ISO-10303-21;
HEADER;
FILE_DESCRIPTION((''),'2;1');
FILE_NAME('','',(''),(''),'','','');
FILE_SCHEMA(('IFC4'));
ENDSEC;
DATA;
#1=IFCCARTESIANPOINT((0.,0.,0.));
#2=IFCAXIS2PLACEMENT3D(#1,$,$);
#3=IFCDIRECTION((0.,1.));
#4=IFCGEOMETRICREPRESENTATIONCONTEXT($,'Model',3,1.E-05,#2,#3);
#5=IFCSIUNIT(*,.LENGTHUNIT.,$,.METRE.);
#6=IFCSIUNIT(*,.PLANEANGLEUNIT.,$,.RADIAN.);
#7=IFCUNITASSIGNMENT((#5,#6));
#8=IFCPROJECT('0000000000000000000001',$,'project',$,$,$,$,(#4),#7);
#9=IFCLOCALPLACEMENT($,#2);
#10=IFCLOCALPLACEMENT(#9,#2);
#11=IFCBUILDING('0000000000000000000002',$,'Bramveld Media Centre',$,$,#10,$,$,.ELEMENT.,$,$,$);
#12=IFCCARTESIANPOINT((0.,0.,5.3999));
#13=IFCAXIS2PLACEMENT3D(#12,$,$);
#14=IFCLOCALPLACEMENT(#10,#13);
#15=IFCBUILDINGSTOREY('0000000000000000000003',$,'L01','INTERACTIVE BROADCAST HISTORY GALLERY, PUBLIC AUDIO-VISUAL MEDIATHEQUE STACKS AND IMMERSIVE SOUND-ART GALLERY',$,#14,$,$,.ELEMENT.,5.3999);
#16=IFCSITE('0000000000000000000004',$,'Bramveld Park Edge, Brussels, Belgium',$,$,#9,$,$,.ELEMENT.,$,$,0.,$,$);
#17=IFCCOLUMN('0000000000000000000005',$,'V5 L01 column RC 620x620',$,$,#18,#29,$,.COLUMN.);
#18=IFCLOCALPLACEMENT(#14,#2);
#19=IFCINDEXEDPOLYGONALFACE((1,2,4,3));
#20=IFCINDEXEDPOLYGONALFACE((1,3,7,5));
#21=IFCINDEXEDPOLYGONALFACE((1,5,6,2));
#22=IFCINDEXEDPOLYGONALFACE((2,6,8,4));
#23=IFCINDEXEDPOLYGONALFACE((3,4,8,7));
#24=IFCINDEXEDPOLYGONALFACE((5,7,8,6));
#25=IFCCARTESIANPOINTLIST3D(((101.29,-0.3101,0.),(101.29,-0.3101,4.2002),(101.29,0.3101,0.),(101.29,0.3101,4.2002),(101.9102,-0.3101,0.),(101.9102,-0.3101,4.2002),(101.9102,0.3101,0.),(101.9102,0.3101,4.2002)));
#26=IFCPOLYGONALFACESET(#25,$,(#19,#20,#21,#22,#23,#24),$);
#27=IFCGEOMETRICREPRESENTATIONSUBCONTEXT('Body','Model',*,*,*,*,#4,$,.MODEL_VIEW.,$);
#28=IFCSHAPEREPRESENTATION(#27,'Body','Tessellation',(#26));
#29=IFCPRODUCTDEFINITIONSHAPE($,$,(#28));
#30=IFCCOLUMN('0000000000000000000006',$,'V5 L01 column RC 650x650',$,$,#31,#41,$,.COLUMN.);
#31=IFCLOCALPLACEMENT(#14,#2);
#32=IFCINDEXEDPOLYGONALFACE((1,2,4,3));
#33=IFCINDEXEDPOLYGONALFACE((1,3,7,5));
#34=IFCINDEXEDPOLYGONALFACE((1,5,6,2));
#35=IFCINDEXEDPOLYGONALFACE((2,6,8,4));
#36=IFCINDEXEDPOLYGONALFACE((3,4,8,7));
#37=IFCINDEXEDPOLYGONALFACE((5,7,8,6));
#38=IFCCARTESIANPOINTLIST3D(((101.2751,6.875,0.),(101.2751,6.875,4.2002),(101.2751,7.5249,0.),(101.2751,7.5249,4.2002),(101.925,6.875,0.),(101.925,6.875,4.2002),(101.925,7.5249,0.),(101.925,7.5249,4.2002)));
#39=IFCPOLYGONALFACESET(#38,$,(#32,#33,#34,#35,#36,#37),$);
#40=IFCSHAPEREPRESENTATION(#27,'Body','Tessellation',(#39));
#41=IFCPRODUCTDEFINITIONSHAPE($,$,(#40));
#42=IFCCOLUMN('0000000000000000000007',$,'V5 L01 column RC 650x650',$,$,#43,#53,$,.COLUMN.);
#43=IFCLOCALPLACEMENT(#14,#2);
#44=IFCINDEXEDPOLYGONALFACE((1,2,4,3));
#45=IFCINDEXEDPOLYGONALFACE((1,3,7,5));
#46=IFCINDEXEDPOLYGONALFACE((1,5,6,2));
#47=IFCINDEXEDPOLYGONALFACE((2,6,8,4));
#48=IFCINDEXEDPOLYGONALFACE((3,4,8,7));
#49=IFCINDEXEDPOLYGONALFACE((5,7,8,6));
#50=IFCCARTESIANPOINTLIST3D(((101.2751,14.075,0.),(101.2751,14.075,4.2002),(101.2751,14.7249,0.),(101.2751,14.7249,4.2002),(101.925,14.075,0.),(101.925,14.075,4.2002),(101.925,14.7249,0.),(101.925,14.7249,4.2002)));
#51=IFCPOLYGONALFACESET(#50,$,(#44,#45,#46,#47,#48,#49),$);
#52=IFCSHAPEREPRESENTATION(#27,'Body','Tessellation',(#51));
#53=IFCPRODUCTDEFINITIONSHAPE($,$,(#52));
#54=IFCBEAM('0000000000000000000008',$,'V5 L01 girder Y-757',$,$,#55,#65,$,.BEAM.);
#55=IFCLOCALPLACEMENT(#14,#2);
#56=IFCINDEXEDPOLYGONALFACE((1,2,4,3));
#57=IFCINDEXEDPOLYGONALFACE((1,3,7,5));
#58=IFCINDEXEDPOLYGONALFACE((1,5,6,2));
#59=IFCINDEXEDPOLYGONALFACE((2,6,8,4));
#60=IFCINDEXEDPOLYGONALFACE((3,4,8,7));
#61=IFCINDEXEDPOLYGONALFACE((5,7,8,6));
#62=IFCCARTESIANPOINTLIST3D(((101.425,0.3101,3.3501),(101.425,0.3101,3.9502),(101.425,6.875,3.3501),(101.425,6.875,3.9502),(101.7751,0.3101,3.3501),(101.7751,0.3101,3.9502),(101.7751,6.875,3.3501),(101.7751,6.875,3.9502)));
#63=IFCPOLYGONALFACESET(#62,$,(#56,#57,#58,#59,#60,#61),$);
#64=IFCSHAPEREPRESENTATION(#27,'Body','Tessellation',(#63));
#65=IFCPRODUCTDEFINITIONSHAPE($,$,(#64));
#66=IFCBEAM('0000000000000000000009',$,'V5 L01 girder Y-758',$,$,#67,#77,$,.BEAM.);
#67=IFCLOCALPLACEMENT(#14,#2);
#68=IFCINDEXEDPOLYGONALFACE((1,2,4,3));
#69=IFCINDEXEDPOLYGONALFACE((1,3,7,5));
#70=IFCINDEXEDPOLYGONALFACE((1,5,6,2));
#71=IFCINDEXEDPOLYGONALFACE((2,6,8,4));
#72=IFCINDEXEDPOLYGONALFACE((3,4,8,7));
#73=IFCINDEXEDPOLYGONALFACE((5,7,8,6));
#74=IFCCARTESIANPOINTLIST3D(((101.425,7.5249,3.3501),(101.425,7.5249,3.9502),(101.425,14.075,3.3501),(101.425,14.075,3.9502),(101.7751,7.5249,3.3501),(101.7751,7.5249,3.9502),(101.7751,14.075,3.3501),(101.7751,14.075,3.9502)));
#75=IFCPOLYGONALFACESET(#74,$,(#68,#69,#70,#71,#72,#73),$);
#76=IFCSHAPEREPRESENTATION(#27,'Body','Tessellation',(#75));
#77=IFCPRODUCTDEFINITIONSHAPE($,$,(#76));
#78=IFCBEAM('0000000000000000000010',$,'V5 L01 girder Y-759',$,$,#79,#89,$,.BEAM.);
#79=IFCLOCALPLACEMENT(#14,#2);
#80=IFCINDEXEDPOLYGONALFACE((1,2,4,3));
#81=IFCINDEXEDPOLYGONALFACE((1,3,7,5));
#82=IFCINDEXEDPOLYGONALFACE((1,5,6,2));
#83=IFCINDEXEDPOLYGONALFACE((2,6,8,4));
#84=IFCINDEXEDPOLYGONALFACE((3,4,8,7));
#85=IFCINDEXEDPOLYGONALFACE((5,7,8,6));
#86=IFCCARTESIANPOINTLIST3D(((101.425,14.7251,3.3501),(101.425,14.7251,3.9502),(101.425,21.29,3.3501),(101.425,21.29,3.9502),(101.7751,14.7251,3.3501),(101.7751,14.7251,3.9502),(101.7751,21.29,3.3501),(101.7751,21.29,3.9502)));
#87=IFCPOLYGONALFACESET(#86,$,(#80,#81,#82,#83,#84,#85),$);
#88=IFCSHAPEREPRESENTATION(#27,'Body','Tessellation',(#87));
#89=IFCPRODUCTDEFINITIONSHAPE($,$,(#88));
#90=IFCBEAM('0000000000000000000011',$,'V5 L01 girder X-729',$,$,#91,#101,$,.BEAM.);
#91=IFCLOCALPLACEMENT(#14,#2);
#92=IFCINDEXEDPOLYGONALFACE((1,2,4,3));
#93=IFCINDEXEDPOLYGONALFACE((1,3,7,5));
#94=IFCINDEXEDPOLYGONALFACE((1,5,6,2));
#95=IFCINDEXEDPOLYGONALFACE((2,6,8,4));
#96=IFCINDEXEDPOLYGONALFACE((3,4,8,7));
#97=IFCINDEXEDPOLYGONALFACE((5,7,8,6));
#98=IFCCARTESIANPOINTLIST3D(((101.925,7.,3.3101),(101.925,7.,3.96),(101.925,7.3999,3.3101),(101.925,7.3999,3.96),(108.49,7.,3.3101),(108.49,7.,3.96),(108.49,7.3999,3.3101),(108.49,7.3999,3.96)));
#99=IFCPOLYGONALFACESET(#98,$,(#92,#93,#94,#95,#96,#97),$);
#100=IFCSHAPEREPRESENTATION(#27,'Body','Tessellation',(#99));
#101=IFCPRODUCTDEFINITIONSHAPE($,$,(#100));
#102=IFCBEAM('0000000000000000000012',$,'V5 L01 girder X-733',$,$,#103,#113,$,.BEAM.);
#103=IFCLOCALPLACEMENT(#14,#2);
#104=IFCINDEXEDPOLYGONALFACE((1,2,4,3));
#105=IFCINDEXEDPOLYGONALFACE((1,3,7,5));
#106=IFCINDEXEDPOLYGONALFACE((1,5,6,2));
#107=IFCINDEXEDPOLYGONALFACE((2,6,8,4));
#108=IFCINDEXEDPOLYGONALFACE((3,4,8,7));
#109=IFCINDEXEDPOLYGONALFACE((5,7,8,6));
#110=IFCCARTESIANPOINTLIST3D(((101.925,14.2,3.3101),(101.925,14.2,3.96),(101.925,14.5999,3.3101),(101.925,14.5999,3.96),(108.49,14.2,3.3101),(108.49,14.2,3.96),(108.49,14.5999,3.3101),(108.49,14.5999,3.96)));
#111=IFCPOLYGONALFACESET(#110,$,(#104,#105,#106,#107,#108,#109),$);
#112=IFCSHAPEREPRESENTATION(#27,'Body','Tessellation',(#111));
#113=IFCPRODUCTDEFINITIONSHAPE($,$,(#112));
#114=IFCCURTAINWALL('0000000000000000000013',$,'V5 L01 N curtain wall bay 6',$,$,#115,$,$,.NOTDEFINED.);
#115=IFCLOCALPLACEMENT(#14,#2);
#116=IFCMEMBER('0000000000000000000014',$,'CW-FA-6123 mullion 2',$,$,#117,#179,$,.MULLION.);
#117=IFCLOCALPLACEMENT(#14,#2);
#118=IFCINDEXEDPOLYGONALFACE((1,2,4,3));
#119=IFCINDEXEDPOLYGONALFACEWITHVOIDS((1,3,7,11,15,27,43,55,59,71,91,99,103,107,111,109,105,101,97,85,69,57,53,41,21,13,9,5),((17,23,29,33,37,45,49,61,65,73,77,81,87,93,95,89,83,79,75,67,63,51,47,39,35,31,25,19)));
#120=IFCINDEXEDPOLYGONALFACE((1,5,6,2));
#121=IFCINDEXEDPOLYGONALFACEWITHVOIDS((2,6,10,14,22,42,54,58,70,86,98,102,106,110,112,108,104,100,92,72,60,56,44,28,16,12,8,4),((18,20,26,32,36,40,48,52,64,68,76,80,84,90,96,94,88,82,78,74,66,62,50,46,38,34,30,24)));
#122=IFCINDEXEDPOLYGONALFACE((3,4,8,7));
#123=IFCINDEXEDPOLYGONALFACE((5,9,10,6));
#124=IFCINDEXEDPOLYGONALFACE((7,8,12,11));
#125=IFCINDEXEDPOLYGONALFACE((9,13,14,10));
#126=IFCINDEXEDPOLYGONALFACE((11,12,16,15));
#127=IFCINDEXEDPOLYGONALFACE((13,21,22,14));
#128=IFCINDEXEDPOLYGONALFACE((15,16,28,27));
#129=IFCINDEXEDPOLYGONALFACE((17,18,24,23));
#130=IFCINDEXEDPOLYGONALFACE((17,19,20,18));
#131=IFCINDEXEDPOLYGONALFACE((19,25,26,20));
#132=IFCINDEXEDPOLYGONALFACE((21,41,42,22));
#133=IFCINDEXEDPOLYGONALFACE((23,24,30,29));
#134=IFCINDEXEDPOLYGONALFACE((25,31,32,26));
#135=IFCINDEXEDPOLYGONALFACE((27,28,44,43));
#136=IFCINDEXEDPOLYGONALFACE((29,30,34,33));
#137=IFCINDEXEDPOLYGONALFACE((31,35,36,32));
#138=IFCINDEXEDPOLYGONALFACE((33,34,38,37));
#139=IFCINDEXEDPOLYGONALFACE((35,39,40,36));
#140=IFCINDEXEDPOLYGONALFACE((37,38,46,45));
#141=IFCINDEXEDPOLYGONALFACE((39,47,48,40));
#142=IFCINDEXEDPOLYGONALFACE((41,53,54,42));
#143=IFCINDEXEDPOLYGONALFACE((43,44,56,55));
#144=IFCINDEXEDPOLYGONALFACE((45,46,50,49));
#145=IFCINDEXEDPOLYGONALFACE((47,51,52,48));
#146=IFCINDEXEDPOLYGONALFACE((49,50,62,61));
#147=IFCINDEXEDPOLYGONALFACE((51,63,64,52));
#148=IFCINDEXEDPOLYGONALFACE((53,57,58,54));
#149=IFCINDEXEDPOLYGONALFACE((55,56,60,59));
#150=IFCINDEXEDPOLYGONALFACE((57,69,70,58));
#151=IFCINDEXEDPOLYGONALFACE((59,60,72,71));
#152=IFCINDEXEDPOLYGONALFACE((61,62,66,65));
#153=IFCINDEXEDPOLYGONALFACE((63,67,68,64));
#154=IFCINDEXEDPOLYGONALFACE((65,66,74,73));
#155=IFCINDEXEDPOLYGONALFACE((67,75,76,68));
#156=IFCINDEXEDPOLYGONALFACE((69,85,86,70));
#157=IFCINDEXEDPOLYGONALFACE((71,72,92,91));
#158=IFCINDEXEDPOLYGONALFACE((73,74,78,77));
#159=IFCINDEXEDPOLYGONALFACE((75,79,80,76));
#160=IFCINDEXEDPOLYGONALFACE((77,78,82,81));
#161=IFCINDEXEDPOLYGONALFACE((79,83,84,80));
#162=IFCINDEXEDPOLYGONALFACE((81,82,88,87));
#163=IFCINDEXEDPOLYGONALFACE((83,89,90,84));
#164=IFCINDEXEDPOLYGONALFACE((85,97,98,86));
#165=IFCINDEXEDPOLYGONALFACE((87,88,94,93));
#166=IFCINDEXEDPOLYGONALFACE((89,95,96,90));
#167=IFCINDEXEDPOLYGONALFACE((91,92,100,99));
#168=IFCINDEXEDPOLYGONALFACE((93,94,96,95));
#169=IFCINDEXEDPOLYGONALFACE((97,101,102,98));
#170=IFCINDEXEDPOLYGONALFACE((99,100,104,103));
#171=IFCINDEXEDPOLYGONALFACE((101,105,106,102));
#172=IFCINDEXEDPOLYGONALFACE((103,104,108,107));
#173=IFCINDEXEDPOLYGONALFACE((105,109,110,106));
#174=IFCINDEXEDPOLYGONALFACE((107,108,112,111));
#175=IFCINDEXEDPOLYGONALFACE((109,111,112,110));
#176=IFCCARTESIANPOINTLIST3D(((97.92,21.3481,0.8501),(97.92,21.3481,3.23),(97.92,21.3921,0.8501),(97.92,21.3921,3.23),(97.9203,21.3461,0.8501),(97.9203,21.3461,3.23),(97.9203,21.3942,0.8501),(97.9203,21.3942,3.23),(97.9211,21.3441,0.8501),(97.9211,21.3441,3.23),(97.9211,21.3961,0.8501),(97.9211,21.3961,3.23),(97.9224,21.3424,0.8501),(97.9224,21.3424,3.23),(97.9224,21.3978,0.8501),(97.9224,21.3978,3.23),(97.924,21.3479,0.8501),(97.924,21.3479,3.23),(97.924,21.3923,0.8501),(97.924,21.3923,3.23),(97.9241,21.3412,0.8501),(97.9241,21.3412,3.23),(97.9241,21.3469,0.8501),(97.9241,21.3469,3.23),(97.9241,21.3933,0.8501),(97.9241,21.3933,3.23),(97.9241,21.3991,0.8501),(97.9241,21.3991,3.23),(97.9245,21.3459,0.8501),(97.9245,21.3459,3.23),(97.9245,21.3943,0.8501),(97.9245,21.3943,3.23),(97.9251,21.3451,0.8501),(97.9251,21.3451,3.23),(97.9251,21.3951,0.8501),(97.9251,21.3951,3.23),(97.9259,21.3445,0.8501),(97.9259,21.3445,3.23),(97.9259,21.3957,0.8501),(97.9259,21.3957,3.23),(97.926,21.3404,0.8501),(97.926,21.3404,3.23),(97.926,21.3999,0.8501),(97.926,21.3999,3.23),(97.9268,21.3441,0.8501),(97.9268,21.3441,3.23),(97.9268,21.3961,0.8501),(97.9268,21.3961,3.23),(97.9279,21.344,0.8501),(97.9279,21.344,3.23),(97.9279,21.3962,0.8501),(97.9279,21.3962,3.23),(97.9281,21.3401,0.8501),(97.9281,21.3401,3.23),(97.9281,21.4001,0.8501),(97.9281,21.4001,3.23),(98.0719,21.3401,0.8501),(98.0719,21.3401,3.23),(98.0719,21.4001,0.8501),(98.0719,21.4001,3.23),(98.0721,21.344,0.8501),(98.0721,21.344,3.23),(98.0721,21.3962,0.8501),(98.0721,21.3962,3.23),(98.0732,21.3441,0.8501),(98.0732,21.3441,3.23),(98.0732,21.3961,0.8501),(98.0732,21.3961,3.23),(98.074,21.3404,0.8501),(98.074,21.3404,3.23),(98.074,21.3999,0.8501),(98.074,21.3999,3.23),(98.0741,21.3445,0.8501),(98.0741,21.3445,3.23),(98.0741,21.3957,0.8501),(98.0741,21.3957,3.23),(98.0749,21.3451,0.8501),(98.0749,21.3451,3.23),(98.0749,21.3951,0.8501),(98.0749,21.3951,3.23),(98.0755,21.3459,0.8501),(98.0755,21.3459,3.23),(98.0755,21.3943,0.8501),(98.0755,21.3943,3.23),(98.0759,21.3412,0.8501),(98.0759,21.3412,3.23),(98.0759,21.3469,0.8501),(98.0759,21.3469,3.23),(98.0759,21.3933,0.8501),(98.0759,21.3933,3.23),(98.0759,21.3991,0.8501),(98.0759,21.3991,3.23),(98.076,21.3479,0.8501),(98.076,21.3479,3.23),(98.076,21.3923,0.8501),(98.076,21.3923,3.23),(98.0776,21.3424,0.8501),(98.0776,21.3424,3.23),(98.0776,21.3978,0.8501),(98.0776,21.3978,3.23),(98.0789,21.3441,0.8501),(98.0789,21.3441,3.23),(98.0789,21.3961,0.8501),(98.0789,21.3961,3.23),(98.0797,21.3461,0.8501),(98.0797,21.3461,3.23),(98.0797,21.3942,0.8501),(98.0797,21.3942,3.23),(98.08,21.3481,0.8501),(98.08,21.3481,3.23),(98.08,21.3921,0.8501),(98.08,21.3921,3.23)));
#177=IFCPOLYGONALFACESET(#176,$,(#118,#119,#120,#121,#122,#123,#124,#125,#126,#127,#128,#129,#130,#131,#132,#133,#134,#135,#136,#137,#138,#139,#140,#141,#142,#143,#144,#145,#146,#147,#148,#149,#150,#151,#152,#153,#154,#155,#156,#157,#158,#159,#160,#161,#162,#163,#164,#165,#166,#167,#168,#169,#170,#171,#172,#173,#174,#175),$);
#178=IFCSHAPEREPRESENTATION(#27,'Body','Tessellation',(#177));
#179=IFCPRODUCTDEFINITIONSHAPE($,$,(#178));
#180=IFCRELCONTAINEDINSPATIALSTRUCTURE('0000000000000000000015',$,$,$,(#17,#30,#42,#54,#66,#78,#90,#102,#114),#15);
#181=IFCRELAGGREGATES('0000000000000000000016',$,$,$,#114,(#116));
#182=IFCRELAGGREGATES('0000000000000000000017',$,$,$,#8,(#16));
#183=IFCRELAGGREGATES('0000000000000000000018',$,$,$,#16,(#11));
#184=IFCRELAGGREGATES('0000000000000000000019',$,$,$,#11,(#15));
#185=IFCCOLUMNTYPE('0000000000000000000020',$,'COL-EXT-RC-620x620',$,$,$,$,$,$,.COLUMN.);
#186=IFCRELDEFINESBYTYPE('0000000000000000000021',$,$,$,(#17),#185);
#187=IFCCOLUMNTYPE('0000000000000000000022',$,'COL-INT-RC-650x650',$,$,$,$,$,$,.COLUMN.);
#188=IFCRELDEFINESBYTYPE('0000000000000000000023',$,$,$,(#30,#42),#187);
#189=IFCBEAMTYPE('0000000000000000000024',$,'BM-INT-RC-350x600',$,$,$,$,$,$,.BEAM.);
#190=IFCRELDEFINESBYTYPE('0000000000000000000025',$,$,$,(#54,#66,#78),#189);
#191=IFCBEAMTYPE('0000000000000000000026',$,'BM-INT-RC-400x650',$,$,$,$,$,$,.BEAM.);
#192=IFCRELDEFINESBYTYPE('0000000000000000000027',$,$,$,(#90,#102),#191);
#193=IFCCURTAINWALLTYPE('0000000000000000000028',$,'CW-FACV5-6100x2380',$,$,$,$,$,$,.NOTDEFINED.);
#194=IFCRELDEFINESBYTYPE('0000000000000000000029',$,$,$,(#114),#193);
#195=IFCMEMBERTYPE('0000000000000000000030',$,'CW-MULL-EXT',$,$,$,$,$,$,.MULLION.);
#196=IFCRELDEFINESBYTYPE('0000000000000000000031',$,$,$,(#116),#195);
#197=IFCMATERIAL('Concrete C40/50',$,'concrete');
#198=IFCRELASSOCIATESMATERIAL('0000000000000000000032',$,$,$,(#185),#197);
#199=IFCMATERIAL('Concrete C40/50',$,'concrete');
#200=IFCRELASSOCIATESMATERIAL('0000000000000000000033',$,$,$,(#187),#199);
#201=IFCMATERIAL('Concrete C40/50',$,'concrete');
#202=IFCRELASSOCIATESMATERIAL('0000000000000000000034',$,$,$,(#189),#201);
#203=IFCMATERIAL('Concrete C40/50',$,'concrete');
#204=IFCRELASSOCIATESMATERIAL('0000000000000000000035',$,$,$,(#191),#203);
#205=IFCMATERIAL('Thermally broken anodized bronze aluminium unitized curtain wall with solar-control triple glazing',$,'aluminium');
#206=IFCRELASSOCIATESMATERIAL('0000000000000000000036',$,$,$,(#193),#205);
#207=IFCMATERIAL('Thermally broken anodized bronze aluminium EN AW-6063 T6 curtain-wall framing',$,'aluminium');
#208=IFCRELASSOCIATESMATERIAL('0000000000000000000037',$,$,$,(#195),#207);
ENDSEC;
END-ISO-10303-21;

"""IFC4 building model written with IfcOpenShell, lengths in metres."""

from ifc_helpers import new_model, si_unit, direction, frame, origin, origin_2d, place, context, subcontext, project, spatial, rectangle, hollow_rectangle, extrude, material, material_profile, profile_set, type_object, element, aggregate, save


model = new_model("IFC4")

# Units and contexts
model_context = context("Model", 3, precision=1e-05, world=origin(), true_north=direction((0.0, 1.0)))
body_context = subcontext(model_context, "Body", "Model", "MODEL_VIEW")
ifc_project = project(units=[si_unit("LENGTHUNIT", "METRE"), si_unit("PLANEANGLEUNIT", "RADIAN")], contexts=[model_context])

# Site, building, storey
site_placement = place(None, origin())
site = spatial("IfcSite", under=ifc_project, at=site_placement, Name="Bramveld Park Edge, Brussels, Belgium", CompositionType="ELEMENT", RefElevation=0.0)
building_placement = place(site_placement, origin())
building = spatial("IfcBuilding", under=site, at=building_placement, Name="Bramveld Media Centre", CompositionType="ELEMENT")
storey_placement = place(building_placement, frame((0.0, 0.0, 5.3999)))
storey = spatial("IfcBuildingStorey", under=building, at=storey_placement, Name="L01", Description="INTERACTIVE BROADCAST HISTORY GALLERY, PUBLIC AUDIO-VISUAL MEDIATHEQUE STACKS AND IMMERSIVE SOUND-ART GALLERY", CompositionType="ELEMENT", Elevation=5.3999)

# Columns
ifc_material_1 = material(Name="Concrete C40/50", Category="concrete")
ifc_material_profile_1 = material_profile(ifc_material_1, rectangle(XDim=0.6201, YDim=0.6201, at=origin_2d()), Name="RC 620x620")
ifc_profile_set_1 = profile_set([ifc_material_profile_1], Name="Concrete C40/50")
column_type_1 = type_object("IfcColumnType", Name="COL-EXT-RC-620x620", PredefinedType="COLUMN", material=ifc_profile_set_1)
column_placement = place(storey_placement, frame((101.6001, 0.0, 0.0), z_axis=(0.0, 0.0, 1.0), x_axis=(1.0, 0.0, 0.0)))
element("IfcColumn", 1, at=column_placement, inside=storey, type_object=column_type_1, Name="V5 L01 column RC 620x620", PredefinedType="COLUMN", context=body_context, shape_type="SweptSolid", body=[
    extrude(rectangle(XDim=0.6201, YDim=0.6201, at=origin_2d()), origin(), (0.0, 0.0, 1.0), 4.2002),
])
ifc_material_2 = material(Name="Concrete C40/50", Category="concrete")
ifc_material_profile_2 = material_profile(ifc_material_2, rectangle(XDim=0.6499, YDim=0.6499, at=origin_2d()), Name="RC 650x650")
ifc_profile_set_2 = profile_set([ifc_material_profile_2], Name="Concrete C40/50")
column_type_2 = type_object("IfcColumnType", Name="COL-INT-RC-650x650", PredefinedType="COLUMN", material=ifc_profile_set_2)
for number, where, z_axis, x_axis, name in (
    (2, (101.6001, 7.2, 0.0), (0.0, 0.0, 1.0), (1.0, 0.0, 0.0), "V5 L01 column RC 650x650"),
    (3, (101.6001, 14.3999, 0.0), (0.0, 0.0, 1.0), (1.0, 0.0, 0.0), "V5 L01 column RC 650x650"),
):
    element("IfcColumn", number, at=place(storey_placement, frame(where, z_axis=z_axis, x_axis=x_axis)), inside=storey, type_object=column_type_2, Name=name, PredefinedType="COLUMN", context=body_context, shape_type="SweptSolid", body=[
        extrude(rectangle(XDim=0.6499, YDim=0.6499, at=origin_2d()), origin(), (0.0, 0.0, 1.0), 4.2002),
    ])

# Beams
ifc_material_3 = material(Name="Concrete C40/50", Category="concrete")
ifc_material_profile_3 = material_profile(ifc_material_3, rectangle(XDim=0.3501, YDim=0.6001, at=origin_2d()), Name="RC 350x600")
ifc_profile_set_3 = profile_set([ifc_material_profile_3], Name="Concrete C40/50")
beam_type_1 = type_object("IfcBeamType", Name="BM-INT-RC-350x600", PredefinedType="BEAM", material=ifc_profile_set_3)
beam_1_placement = place(storey_placement, frame((101.6001, 0.3101, 3.6501), z_axis=(0.0, 1.0, 0.0), x_axis=(-1.0, 0.0, 0.0)))
element("IfcBeam", 4, at=beam_1_placement, inside=storey, type_object=beam_type_1, Name="V5 L01 girder Y-757", PredefinedType="BEAM", context=body_context, shape_type="SweptSolid", body=[
    extrude(rectangle(XDim=0.3501, YDim=0.6001, at=origin_2d()), origin(), (0.0, 0.0, 1.0), 6.5649),
])
beam_2_placement = place(storey_placement, frame((101.6001, 7.5249, 3.6501), z_axis=(0.0, 1.0, 0.0), x_axis=(-1.0, 0.0, 0.0)))
element("IfcBeam", 5, at=beam_2_placement, inside=storey, type_object=beam_type_1, Name="V5 L01 girder Y-758", PredefinedType="BEAM", context=body_context, shape_type="SweptSolid", body=[
    extrude(rectangle(XDim=0.3501, YDim=0.6001, at=origin_2d()), origin(), (0.0, 0.0, 1.0), 6.55),
])
beam_3_placement = place(storey_placement, frame((101.6001, 14.7251, 3.6501), z_axis=(0.0, 1.0, 0.0), x_axis=(-1.0, 0.0, 0.0)))
element("IfcBeam", 6, at=beam_3_placement, inside=storey, type_object=beam_type_1, Name="V5 L01 girder Y-759", PredefinedType="BEAM", context=body_context, shape_type="SweptSolid", body=[
    extrude(rectangle(XDim=0.3501, YDim=0.6001, at=origin_2d()), origin(), (0.0, 0.0, 1.0), 6.5649),
])
ifc_material_4 = material(Name="Concrete C40/50", Category="concrete")
ifc_material_profile_4 = material_profile(ifc_material_4, rectangle(XDim=0.3999, YDim=0.6499, at=origin_2d()), Name="RC 400x650")
ifc_profile_set_4 = profile_set([ifc_material_profile_4], Name="Concrete C40/50")
beam_type_2 = type_object("IfcBeamType", Name="BM-INT-RC-400x650", PredefinedType="BEAM", material=ifc_profile_set_4)
for number, where, z_axis, x_axis, name in (
    (7, (101.925, 7.2, 3.635), (1.0, 0.0, 0.0), (0.0, 1.0, 0.0), "V5 L01 girder X-729"),
    (8, (101.925, 14.3999, 3.635), (1.0, 0.0, 0.0), (0.0, 1.0, 0.0), "V5 L01 girder X-733"),
):
    element("IfcBeam", number, at=place(storey_placement, frame(where, z_axis=z_axis, x_axis=x_axis)), inside=storey, type_object=beam_type_2, Name=name, PredefinedType="BEAM", context=body_context, shape_type="SweptSolid", body=[
        extrude(rectangle(XDim=0.3999, YDim=0.6499, at=origin_2d()), origin(), (0.0, 0.0, 1.0), 6.5649),
    ])

# Curtain wall, member
ifc_material_5 = material(Name="Thermally broken anodized bronze aluminium unitized curtain wall with solar-control triple glazing", Category="aluminium")
curtain_wall_type = type_object("IfcCurtainWallType", Name="CW-FACV5-6100x2380", PredefinedType="NOTDEFINED", material=ifc_material_5)
curtain_wall_1_placement = place(storey_placement, origin())
curtain_wall_1 = element("IfcCurtainWall", 9, at=curtain_wall_1_placement, inside=storey, type_object=curtain_wall_type, Name="V5 L01 N curtain wall bay 6", PredefinedType="NOTDEFINED")
ifc_material_6 = material(Name="Thermally broken anodized bronze aluminium EN AW-6063 T6 curtain-wall framing", Category="aluminium")
ifc_material_profile_5 = material_profile(ifc_material_6, hollow_rectangle(XDim=0.0601, YDim=0.1599, WallThickness=0.0039, InnerFilletRadius=0.0039, OuterFilletRadius=0.0081, at=origin_2d()), Name="AL-MULL 60x160")
ifc_profile_set_5 = profile_set([ifc_material_profile_5], Name="Thermally broken anodized bronze aluminium EN AW-6063 T6 curtain-wall framing")
member_type_1 = type_object("IfcMemberType", Name="CW-MULL-EXT", PredefinedType="MULLION", material=ifc_profile_set_5)
member_1_placement = place(storey_placement, frame((98.0, 21.3701, 0.8501), z_axis=(0.0, 0.0, 1.0), x_axis=(0.0, 1.0, 0.0)))
member_1 = element("IfcMember", 10, at=member_1_placement, type_object=member_type_1, Name="CW-FA-6123 mullion 2", PredefinedType="MULLION", context=body_context, shape_type="SweptSolid", body=[
    extrude(hollow_rectangle(XDim=0.0601, YDim=0.1599, WallThickness=0.0039, InnerFilletRadius=0.0039, OuterFilletRadius=0.0081, at=origin_2d()), origin(), (0.0, 0.0, 1.0), 2.3799),
])

aggregate(curtain_wall_1, [member_1])

save(model, "model.ifc")
